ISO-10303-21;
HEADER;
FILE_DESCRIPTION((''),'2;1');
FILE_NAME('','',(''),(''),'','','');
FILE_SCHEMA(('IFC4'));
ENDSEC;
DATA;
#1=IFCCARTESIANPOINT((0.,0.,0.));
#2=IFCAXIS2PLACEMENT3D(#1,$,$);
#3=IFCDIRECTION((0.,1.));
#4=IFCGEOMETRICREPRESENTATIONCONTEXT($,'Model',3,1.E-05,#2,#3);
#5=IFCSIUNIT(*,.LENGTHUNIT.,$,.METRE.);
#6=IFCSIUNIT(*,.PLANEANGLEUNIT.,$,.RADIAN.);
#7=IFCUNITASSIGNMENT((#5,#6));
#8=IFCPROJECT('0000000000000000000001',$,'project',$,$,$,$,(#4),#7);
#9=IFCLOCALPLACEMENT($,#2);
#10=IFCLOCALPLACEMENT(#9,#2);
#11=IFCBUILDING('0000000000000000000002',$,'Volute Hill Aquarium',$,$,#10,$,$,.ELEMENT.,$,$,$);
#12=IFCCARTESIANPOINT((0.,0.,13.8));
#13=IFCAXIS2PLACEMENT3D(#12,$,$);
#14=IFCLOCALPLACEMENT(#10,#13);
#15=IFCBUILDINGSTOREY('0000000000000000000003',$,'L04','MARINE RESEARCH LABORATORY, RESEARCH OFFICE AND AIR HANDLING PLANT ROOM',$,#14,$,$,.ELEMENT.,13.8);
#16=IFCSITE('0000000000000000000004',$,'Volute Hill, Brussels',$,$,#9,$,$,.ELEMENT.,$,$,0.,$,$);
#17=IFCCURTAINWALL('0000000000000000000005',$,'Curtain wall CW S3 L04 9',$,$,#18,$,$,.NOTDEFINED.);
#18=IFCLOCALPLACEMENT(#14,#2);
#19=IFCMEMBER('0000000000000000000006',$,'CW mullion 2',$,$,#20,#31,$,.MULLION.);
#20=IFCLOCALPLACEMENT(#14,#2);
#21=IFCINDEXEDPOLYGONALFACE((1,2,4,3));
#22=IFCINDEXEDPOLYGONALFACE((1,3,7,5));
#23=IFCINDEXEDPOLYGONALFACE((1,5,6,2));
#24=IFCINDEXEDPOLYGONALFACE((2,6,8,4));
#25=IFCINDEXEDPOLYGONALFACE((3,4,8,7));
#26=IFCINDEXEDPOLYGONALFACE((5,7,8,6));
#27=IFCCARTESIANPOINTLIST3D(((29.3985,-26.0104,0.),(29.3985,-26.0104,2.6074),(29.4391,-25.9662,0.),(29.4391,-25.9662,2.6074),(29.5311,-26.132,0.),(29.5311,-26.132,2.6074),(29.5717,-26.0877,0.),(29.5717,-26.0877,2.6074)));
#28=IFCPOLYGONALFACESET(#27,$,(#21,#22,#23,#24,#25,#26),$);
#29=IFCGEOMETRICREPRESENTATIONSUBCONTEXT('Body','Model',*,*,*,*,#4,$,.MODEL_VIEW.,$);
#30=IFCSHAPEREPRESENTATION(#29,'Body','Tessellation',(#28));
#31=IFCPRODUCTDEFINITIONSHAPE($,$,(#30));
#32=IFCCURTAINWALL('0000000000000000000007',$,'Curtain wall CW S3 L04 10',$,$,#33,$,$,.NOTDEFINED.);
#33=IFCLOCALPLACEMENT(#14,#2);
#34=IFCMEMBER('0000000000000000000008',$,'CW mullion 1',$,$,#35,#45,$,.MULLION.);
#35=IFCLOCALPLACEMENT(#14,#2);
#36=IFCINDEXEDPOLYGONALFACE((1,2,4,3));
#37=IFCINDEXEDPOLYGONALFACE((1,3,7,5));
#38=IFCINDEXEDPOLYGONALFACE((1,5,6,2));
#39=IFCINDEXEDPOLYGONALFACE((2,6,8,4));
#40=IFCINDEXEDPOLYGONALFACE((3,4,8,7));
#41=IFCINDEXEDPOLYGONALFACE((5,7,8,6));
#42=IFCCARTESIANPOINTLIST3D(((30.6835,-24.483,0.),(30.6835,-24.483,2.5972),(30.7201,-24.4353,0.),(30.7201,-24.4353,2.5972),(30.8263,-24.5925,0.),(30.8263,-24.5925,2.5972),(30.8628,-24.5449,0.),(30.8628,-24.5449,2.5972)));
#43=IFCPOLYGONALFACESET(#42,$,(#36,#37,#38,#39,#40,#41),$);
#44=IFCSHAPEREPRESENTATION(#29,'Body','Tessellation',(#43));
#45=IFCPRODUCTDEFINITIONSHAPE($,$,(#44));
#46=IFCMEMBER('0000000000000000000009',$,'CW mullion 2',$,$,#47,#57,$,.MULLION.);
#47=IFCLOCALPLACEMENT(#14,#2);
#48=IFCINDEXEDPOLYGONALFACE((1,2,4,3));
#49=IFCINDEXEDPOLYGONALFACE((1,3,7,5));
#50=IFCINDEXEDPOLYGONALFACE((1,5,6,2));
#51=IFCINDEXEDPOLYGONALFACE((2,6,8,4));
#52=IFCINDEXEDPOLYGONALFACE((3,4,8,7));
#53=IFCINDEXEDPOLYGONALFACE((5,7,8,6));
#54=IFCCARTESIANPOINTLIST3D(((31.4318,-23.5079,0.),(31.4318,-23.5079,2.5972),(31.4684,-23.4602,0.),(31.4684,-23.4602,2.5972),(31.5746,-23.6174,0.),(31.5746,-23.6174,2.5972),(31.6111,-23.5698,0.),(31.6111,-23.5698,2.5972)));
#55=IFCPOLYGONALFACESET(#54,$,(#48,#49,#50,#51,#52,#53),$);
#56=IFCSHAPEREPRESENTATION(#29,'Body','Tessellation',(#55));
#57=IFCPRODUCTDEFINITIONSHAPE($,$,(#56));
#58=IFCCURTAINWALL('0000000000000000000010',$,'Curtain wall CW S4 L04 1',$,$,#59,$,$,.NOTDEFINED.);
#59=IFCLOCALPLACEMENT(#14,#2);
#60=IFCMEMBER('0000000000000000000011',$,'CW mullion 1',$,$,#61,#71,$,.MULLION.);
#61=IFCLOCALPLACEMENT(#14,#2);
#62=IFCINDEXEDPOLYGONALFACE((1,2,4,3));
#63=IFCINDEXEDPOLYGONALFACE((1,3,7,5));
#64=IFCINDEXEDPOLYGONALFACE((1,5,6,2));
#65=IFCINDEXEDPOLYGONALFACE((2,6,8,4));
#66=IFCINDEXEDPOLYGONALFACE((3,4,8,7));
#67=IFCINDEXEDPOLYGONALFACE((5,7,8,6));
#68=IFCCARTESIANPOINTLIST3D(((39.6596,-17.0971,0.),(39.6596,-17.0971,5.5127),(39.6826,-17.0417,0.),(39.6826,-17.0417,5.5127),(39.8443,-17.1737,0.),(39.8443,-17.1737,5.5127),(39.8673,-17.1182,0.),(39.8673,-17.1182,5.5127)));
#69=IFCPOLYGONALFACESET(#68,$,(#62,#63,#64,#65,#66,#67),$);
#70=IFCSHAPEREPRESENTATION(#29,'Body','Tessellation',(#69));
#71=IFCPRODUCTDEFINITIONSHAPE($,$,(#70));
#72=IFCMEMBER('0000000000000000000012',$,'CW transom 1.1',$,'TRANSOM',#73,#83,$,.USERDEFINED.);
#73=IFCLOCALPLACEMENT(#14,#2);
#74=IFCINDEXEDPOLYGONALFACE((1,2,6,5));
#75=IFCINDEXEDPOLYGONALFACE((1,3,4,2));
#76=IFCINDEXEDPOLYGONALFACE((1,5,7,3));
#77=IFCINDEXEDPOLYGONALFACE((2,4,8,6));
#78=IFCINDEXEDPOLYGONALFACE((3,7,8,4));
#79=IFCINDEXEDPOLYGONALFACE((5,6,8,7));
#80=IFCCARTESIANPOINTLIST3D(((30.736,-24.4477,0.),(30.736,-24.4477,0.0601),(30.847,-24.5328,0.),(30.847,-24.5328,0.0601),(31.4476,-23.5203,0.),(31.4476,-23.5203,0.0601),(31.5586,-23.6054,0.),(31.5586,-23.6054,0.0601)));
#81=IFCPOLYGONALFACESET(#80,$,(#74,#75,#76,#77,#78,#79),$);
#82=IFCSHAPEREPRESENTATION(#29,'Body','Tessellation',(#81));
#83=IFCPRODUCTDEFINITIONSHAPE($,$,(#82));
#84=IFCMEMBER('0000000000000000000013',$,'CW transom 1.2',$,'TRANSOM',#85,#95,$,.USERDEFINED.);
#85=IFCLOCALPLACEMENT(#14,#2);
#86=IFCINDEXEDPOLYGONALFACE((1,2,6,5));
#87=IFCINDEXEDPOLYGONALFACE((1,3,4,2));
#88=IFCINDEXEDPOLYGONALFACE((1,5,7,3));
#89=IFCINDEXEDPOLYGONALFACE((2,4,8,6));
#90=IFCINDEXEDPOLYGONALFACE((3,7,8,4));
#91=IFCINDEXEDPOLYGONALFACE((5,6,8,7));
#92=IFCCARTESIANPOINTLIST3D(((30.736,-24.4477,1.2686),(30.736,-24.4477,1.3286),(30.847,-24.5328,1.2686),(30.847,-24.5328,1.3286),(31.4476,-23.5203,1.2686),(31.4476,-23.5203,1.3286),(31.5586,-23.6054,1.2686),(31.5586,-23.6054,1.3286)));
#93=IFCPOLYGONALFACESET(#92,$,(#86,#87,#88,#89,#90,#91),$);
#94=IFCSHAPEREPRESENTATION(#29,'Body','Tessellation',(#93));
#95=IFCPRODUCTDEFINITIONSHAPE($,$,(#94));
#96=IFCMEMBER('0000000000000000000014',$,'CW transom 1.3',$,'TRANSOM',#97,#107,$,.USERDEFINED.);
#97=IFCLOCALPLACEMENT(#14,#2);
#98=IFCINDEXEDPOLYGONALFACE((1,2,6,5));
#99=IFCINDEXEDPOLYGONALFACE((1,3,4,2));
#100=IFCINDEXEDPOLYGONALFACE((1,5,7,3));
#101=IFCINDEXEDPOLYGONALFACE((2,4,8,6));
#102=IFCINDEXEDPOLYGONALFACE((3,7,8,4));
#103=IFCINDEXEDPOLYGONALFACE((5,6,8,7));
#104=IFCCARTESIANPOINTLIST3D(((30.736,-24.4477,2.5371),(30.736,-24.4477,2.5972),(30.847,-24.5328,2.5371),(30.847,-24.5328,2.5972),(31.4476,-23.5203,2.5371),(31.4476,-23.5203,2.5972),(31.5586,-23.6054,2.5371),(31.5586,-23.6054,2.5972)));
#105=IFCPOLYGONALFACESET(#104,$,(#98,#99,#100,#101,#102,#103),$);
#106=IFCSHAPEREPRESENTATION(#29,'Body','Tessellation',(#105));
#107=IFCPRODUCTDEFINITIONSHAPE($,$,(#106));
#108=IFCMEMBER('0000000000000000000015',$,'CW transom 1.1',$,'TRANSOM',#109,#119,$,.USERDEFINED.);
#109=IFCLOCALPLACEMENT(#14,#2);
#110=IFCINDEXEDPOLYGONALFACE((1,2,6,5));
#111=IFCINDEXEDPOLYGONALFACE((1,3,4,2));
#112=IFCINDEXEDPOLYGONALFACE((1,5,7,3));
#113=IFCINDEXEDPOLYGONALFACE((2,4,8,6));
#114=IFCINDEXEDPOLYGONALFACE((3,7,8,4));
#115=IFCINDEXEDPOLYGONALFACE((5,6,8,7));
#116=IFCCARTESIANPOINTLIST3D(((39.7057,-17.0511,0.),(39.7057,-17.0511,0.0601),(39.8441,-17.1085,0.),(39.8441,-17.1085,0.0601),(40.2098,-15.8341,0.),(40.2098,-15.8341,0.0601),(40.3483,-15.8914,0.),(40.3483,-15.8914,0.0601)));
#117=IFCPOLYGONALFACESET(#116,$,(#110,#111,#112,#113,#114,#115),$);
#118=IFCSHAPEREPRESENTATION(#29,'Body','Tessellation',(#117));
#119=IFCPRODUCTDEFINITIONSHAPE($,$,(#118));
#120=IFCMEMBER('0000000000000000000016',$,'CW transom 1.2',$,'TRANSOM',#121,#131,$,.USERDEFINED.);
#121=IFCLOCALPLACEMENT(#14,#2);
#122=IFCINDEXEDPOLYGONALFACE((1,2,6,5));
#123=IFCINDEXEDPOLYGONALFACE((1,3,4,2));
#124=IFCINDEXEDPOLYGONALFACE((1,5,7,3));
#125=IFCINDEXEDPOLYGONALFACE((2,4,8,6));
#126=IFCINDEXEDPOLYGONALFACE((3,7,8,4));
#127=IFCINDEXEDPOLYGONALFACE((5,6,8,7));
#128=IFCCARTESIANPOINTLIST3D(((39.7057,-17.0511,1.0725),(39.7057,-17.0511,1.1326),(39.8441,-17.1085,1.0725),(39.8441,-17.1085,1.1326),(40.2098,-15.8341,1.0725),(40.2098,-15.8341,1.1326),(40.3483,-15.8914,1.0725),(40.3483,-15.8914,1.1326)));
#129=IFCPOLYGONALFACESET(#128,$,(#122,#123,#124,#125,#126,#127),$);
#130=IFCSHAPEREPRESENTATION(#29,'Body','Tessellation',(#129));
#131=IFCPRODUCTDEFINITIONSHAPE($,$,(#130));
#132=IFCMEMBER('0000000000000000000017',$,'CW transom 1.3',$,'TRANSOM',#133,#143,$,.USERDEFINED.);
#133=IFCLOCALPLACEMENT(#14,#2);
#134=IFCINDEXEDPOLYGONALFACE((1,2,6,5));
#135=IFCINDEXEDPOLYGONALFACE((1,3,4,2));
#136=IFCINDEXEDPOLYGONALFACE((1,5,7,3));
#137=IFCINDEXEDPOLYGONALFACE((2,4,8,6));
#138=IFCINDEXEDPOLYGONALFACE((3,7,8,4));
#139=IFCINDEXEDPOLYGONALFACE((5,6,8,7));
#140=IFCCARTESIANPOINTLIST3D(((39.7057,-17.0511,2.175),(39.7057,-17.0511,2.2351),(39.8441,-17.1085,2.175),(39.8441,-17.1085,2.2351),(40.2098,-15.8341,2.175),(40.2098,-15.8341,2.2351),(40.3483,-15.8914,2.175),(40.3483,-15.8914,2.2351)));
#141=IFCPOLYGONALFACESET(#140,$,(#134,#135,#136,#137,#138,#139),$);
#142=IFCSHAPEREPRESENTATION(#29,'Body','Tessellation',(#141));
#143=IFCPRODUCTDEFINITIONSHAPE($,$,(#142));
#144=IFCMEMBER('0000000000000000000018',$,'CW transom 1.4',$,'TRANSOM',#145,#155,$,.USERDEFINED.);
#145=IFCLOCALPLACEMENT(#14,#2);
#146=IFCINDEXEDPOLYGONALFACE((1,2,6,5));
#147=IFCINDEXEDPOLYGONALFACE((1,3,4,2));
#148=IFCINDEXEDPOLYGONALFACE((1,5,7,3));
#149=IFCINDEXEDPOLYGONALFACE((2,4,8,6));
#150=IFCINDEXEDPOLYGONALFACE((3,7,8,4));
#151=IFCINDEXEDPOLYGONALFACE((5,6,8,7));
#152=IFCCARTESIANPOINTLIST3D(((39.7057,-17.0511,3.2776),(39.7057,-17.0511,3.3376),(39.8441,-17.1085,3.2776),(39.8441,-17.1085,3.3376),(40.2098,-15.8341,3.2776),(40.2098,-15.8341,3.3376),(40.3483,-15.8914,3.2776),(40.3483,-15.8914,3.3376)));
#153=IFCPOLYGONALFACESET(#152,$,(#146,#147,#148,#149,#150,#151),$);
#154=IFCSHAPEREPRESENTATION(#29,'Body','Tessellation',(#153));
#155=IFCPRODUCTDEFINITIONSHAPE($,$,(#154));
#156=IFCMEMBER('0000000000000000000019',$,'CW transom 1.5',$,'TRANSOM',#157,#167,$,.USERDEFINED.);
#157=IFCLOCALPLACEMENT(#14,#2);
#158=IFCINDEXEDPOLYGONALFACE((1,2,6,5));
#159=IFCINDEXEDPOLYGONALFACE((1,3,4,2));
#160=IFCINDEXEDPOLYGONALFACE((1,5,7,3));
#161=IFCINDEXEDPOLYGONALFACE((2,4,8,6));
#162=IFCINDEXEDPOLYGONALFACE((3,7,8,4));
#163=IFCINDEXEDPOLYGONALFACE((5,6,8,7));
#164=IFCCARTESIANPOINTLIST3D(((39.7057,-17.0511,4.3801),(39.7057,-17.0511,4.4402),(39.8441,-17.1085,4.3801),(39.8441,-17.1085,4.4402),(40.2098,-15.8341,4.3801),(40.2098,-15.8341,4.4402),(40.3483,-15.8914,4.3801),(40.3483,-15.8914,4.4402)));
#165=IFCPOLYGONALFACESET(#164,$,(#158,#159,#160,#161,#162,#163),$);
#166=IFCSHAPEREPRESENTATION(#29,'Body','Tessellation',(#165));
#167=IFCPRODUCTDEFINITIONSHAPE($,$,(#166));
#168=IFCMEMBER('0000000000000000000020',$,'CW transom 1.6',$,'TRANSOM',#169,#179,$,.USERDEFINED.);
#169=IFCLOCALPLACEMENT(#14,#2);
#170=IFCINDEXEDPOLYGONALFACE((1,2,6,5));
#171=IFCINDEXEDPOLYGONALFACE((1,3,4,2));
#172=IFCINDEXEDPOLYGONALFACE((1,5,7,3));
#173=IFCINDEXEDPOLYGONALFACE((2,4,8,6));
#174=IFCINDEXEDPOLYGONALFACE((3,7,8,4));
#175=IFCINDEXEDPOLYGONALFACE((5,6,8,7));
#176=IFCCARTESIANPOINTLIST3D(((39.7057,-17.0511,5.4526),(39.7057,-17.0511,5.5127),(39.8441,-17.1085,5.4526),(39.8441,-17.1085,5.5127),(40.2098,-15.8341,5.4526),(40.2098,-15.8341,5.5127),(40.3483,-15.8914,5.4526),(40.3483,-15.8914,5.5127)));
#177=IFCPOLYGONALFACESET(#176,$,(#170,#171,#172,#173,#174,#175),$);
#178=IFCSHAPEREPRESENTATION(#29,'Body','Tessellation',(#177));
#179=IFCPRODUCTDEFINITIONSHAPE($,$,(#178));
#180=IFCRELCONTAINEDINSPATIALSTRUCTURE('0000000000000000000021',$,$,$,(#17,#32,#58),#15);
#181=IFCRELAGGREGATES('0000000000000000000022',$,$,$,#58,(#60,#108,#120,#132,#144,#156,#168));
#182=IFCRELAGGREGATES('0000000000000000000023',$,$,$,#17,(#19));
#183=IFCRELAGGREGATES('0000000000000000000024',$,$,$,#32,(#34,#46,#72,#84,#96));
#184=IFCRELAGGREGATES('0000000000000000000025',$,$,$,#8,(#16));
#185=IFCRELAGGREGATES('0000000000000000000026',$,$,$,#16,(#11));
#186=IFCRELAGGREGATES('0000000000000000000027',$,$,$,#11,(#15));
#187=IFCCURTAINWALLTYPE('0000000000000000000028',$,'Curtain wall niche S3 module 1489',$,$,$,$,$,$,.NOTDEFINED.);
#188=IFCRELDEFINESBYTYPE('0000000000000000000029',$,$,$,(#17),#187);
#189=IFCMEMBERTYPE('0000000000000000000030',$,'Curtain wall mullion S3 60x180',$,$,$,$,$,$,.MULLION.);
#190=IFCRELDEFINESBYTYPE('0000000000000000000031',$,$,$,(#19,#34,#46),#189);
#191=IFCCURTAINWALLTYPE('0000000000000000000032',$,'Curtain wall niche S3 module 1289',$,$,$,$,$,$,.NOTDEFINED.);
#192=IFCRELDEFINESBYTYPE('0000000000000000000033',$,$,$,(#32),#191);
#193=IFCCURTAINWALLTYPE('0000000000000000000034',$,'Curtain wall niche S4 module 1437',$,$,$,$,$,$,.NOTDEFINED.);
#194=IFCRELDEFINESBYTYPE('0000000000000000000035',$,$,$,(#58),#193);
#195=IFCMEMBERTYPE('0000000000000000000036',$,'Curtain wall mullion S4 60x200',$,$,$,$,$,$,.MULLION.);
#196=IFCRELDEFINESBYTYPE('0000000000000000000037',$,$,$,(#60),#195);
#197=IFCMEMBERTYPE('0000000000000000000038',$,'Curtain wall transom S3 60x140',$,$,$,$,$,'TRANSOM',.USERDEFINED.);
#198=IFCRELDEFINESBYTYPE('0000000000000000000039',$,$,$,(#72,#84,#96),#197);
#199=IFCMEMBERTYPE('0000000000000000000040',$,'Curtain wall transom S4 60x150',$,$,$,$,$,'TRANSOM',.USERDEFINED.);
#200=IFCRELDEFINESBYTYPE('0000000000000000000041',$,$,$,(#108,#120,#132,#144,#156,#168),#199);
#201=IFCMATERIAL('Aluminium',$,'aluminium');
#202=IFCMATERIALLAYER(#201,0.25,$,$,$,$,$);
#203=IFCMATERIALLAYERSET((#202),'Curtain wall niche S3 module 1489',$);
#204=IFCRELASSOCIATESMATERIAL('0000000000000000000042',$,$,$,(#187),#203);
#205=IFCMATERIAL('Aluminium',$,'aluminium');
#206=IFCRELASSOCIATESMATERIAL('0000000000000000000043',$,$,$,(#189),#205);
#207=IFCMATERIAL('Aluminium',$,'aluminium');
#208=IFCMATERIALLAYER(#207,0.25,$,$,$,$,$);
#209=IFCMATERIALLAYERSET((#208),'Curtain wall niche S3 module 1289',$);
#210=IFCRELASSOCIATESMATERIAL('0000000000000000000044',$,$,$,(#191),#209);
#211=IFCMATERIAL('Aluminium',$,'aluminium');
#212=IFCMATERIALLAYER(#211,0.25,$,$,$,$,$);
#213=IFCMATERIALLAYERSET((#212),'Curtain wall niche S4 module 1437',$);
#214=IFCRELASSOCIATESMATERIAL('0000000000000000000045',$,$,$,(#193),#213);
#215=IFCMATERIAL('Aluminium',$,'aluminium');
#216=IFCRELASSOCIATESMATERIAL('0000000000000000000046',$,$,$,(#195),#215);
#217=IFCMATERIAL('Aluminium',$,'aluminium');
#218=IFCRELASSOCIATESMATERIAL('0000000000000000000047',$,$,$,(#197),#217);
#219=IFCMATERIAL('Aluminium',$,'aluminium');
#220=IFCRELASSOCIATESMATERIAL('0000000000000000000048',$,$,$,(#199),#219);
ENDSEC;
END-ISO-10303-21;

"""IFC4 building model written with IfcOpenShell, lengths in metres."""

from ifc_helpers import new_model, si_unit, direction, frame, origin, origin_2d, place, context, subcontext, project, spatial, rectangle, extrude, material, layer, layer_set, material_profile, profile_set, type_object, element, aggregate, save


model = new_model("IFC4")

# Units and contexts
model_context = context("Model", 3, precision=1e-05, world=origin(), true_north=direction((0.0, 1.0)))
body_context = subcontext(model_context, "Body", "Model", "MODEL_VIEW")
ifc_project = project(units=[si_unit("LENGTHUNIT", "METRE"), si_unit("PLANEANGLEUNIT", "RADIAN")], contexts=[model_context])

# Site, building, storey
site_placement = place(None, origin())
site = spatial("IfcSite", under=ifc_project, at=site_placement, Name="Volute Hill, Brussels", CompositionType="ELEMENT", RefElevation=0.0)
building_placement = place(site_placement, origin())
building = spatial("IfcBuilding", under=site, at=building_placement, Name="Volute Hill Aquarium", CompositionType="ELEMENT")
storey_placement = place(building_placement, frame((0.0, 0.0, 13.8)))
storey = spatial("IfcBuildingStorey", under=building, at=storey_placement, Name="L04", Description="MARINE RESEARCH LABORATORY, RESEARCH OFFICE AND AIR HANDLING PLANT ROOM", CompositionType="ELEMENT", Elevation=13.8)

# Curtain wall, member
ifc_material_1 = material(Name="Aluminium", Category="aluminium")
ifc_layer_1 = layer(ifc_material_1, 0.25)
ifc_layer_set_1 = layer_set([ifc_layer_1], Name="Curtain wall niche S3 module 1489")
curtain_wall_type_1 = type_object("IfcCurtainWallType", Name="Curtain wall niche S3 module 1489", PredefinedType="NOTDEFINED", material=ifc_layer_set_1)
curtain_wall_1_placement = place(storey_placement, origin())
curtain_wall_1 = element("IfcCurtainWall", 1, at=curtain_wall_1_placement, inside=storey, type_object=curtain_wall_type_1, Name="Curtain wall CW S3 L04 9", PredefinedType="NOTDEFINED")
ifc_material_2 = material(Name="Aluminium", Category="aluminium")
ifc_material_profile_1 = material_profile(ifc_material_2, rectangle(XDim=0.1799, YDim=0.0601, at=origin_2d()), Name="Curtain wall mullion S3 60x180")
ifc_profile_set_1 = profile_set([ifc_material_profile_1], Name="Aluminium")
member_type_1 = type_object("IfcMemberType", Name="Curtain wall mullion S3 60x180", PredefinedType="MULLION", material=ifc_profile_set_1)
member_1_placement = place(storey_placement, frame((29.4851, -26.0491, 0.0), z_axis=(0.0, 0.0, 1.0), x_axis=(-0.73726, 0.675609, 0.0)))
member_1 = element("IfcMember", 2, at=member_1_placement, type_object=member_type_1, Name="CW mullion 2", PredefinedType="MULLION", context=body_context, shape_type="SweptSolid", body=[
    extrude(rectangle(XDim=0.1799, YDim=0.0601, at=origin_2d()), origin(), (0.0, 0.0, 1.0), 2.6074),
])

# Curtain wall, members
ifc_material_3 = material(Name="Aluminium", Category="aluminium")
ifc_layer_2 = layer(ifc_material_3, 0.25)
ifc_layer_set_2 = layer_set([ifc_layer_2], Name="Curtain wall niche S3 module 1289")
curtain_wall_type_2 = type_object("IfcCurtainWallType", Name="Curtain wall niche S3 module 1289", PredefinedType="NOTDEFINED", material=ifc_layer_set_2)
curtain_wall_2_placement = place(storey_placement, origin())
curtain_wall_2 = element("IfcCurtainWall", 3, at=curtain_wall_2_placement, inside=storey, type_object=curtain_wall_type_2, Name="Curtain wall CW S3 L04 10", PredefinedType="NOTDEFINED")
member_2_placement = place(storey_placement, frame((30.7732, -24.5139, 0.0), z_axis=(0.0, 0.0, 1.0), x_axis=(-0.793366, 0.608745, 0.0)))
member_2 = element("IfcMember", 4, at=member_2_placement, type_object=member_type_1, Name="CW mullion 1", PredefinedType="MULLION", context=body_context, shape_type="SweptSolid", body=[
    extrude(rectangle(XDim=0.1799, YDim=0.0601, at=origin_2d()), origin(), (0.0, 0.0, 1.0), 2.5972),
])
member_3_placement = place(storey_placement, frame((31.5215, -23.5388, 0.0), z_axis=(0.0, 0.0, 1.0), x_axis=(-0.793366, 0.608745, 0.0)))
member_3 = element("IfcMember", 5, at=member_3_placement, type_object=member_type_1, Name="CW mullion 2", PredefinedType="MULLION", context=body_context, shape_type="SweptSolid", body=[
    extrude(rectangle(XDim=0.1799, YDim=0.0601, at=origin_2d()), origin(), (0.0, 0.0, 1.0), 2.5972),
])

# Curtain wall, member
ifc_material_4 = material(Name="Aluminium", Category="aluminium")
ifc_layer_3 = layer(ifc_material_4, 0.25)
ifc_layer_set_3 = layer_set([ifc_layer_3], Name="Curtain wall niche S4 module 1437")
curtain_wall_type_3 = type_object("IfcCurtainWallType", Name="Curtain wall niche S4 module 1437", PredefinedType="NOTDEFINED", material=ifc_layer_set_3)
curtain_wall_3_placement = place(storey_placement, origin())
curtain_wall_3 = element("IfcCurtainWall", 6, at=curtain_wall_3_placement, inside=storey, type_object=curtain_wall_type_3, Name="Curtain wall CW S4 L04 1", PredefinedType="NOTDEFINED")
ifc_material_5 = material(Name="Aluminium", Category="aluminium")
ifc_material_profile_2 = material_profile(ifc_material_5, rectangle(XDim=0.2, YDim=0.0601, at=origin_2d()), Name="Curtain wall mullion S4 60x200")
ifc_profile_set_2 = profile_set([ifc_material_profile_2], Name="Aluminium")
member_type_2 = type_object("IfcMemberType", Name="Curtain wall mullion S4 60x200", PredefinedType="MULLION", material=ifc_profile_set_2)
member_4_placement = place(storey_placement, frame((39.7634, -17.1077, 0.0), z_axis=(0.0, 0.0, 1.0), x_axis=(-0.923874, 0.382697, 0.0)))
member_4 = element("IfcMember", 7, at=member_4_placement, type_object=member_type_2, Name="CW mullion 1", PredefinedType="MULLION", context=body_context, shape_type="SweptSolid", body=[
    extrude(rectangle(XDim=0.2, YDim=0.0601, at=origin_2d()), origin(), (0.0, 0.0, 1.0), 5.5127),
])

# Members
ifc_material_6 = material(Name="Aluminium", Category="aluminium")
ifc_material_profile_3 = material_profile(ifc_material_6, rectangle(XDim=0.1399, YDim=0.0601, at=origin_2d()), Name="Curtain wall transom S3 60x140")
ifc_profile_set_3 = profile_set([ifc_material_profile_3], Name="Aluminium")
member_type_3 = type_object("IfcMemberType", Name="Curtain wall transom S3 60x140", ElementType="TRANSOM", PredefinedType="USERDEFINED", material=ifc_profile_set_3)
member_5_placement = place(storey_placement, frame((30.7915, -24.4902, 0.03), z_axis=(0.608752, 0.793361, 0.0), x_axis=(-0.793361, 0.608752, 0.0)))
member_5 = element("IfcMember", 8, at=member_5_placement, type_object=member_type_3, Name="CW transom 1.1", ObjectType="TRANSOM", PredefinedType="USERDEFINED", context=body_context, shape_type="SweptSolid", body=[
    extrude(rectangle(XDim=0.1399, YDim=0.0601, at=origin_2d()), origin(), (0.0, 0.0, 1.0), 1.1689),
])
member_6_placement = place(storey_placement, frame((30.7915, -24.4902, 1.2986), z_axis=(0.608752, 0.793361, 0.0), x_axis=(-0.793361, 0.608752, 0.0)))
member_6 = element("IfcMember", 9, at=member_6_placement, type_object=member_type_3, Name="CW transom 1.2", ObjectType="TRANSOM", PredefinedType="USERDEFINED", context=body_context, shape_type="SweptSolid", body=[
    extrude(rectangle(XDim=0.1399, YDim=0.0601, at=origin_2d()), origin(), (0.0, 0.0, 1.0), 1.1689),
])
member_7_placement = place(storey_placement, frame((30.7915, -24.4902, 2.5671), z_axis=(0.608752, 0.793361, 0.0), x_axis=(-0.793361, 0.608752, 0.0)))
member_7 = element("IfcMember", 10, at=member_7_placement, type_object=member_type_3, Name="CW transom 1.3", ObjectType="TRANSOM", PredefinedType="USERDEFINED", context=body_context, shape_type="SweptSolid", body=[
    extrude(rectangle(XDim=0.1399, YDim=0.0601, at=origin_2d()), origin(), (0.0, 0.0, 1.0), 1.1689),
])
ifc_material_7 = material(Name="Aluminium", Category="aluminium")
ifc_material_profile_4 = material_profile(ifc_material_7, rectangle(XDim=0.1499, YDim=0.0601, at=origin_2d()), Name="Curtain wall transom S4 60x150")
ifc_profile_set_4 = profile_set([ifc_material_profile_4], Name="Aluminium")
member_type_4 = type_object("IfcMemberType", Name="Curtain wall transom S4 60x150", ElementType="TRANSOM", PredefinedType="USERDEFINED", material=ifc_profile_set_4)
member_8_placement = place(storey_placement, frame((39.7749, -17.0798, 0.03), z_axis=(0.382706, 0.92387, 0.0), x_axis=(-0.92387, 0.382706, 0.0)))
member_8 = element("IfcMember", 11, at=member_8_placement, type_object=member_type_4, Name="CW transom 1.1", ObjectType="TRANSOM", PredefinedType="USERDEFINED", context=body_context, shape_type="SweptSolid", body=[
    extrude(rectangle(XDim=0.1499, YDim=0.0601, at=origin_2d()), origin(), (0.0, 0.0, 1.0), 1.3174),
])
member_9_placement = place(storey_placement, frame((39.7749, -17.0798, 1.1025), z_axis=(0.382706, 0.92387, 0.0), x_axis=(-0.92387, 0.382706, 0.0)))
member_9 = element("IfcMember", 12, at=member_9_placement, type_object=member_type_4, Name="CW transom 1.2", ObjectType="TRANSOM", PredefinedType="USERDEFINED", context=body_context, shape_type="SweptSolid", body=[
    extrude(rectangle(XDim=0.1499, YDim=0.0601, at=origin_2d()), origin(), (0.0, 0.0, 1.0), 1.3174),
])
member_10_placement = place(storey_placement, frame((39.7749, -17.0798, 2.2051), z_axis=(0.382706, 0.92387, 0.0), x_axis=(-0.92387, 0.382706, 0.0)))
member_10 = element("IfcMember", 13, at=member_10_placement, type_object=member_type_4, Name="CW transom 1.3", ObjectType="TRANSOM", PredefinedType="USERDEFINED", context=body_context, shape_type="SweptSolid", body=[
    extrude(rectangle(XDim=0.1499, YDim=0.0601, at=origin_2d()), origin(), (0.0, 0.0, 1.0), 1.3174),
])
member_11_placement = place(storey_placement, frame((39.7749, -17.0798, 3.3076), z_axis=(0.382706, 0.92387, 0.0), x_axis=(-0.92387, 0.382706, 0.0)))
member_11 = element("IfcMember", 14, at=member_11_placement, type_object=member_type_4, Name="CW transom 1.4", ObjectType="TRANSOM", PredefinedType="USERDEFINED", context=body_context, shape_type="SweptSolid", body=[
    extrude(rectangle(XDim=0.1499, YDim=0.0601, at=origin_2d()), origin(), (0.0, 0.0, 1.0), 1.3174),
])
member_12_placement = place(storey_placement, frame((39.7749, -17.0798, 4.4102), z_axis=(0.382706, 0.92387, 0.0), x_axis=(-0.92387, 0.382706, 0.0)))
member_12 = element("IfcMember", 15, at=member_12_placement, type_object=member_type_4, Name="CW transom 1.5", ObjectType="TRANSOM", PredefinedType="USERDEFINED", context=body_context, shape_type="SweptSolid", body=[
    extrude(rectangle(XDim=0.1499, YDim=0.0601, at=origin_2d()), origin(), (0.0, 0.0, 1.0), 1.3174),
])
member_13_placement = place(storey_placement, frame((39.7749, -17.0798, 5.4827), z_axis=(0.382706, 0.92387, 0.0), x_axis=(-0.92387, 0.382706, 0.0)))
member_13 = element("IfcMember", 16, at=member_13_placement, type_object=member_type_4, Name="CW transom 1.6", ObjectType="TRANSOM", PredefinedType="USERDEFINED", context=body_context, shape_type="SweptSolid", body=[
    extrude(rectangle(XDim=0.1499, YDim=0.0601, at=origin_2d()), origin(), (0.0, 0.0, 1.0), 1.3174),
])
aggregate(curtain_wall_3, [member_4, member_8, member_9, member_10, member_11, member_12, member_13])

aggregate(curtain_wall_1, [member_1])
aggregate(curtain_wall_2, [member_2, member_3, member_5, member_6, member_7])

save(model, "model.ifc")
